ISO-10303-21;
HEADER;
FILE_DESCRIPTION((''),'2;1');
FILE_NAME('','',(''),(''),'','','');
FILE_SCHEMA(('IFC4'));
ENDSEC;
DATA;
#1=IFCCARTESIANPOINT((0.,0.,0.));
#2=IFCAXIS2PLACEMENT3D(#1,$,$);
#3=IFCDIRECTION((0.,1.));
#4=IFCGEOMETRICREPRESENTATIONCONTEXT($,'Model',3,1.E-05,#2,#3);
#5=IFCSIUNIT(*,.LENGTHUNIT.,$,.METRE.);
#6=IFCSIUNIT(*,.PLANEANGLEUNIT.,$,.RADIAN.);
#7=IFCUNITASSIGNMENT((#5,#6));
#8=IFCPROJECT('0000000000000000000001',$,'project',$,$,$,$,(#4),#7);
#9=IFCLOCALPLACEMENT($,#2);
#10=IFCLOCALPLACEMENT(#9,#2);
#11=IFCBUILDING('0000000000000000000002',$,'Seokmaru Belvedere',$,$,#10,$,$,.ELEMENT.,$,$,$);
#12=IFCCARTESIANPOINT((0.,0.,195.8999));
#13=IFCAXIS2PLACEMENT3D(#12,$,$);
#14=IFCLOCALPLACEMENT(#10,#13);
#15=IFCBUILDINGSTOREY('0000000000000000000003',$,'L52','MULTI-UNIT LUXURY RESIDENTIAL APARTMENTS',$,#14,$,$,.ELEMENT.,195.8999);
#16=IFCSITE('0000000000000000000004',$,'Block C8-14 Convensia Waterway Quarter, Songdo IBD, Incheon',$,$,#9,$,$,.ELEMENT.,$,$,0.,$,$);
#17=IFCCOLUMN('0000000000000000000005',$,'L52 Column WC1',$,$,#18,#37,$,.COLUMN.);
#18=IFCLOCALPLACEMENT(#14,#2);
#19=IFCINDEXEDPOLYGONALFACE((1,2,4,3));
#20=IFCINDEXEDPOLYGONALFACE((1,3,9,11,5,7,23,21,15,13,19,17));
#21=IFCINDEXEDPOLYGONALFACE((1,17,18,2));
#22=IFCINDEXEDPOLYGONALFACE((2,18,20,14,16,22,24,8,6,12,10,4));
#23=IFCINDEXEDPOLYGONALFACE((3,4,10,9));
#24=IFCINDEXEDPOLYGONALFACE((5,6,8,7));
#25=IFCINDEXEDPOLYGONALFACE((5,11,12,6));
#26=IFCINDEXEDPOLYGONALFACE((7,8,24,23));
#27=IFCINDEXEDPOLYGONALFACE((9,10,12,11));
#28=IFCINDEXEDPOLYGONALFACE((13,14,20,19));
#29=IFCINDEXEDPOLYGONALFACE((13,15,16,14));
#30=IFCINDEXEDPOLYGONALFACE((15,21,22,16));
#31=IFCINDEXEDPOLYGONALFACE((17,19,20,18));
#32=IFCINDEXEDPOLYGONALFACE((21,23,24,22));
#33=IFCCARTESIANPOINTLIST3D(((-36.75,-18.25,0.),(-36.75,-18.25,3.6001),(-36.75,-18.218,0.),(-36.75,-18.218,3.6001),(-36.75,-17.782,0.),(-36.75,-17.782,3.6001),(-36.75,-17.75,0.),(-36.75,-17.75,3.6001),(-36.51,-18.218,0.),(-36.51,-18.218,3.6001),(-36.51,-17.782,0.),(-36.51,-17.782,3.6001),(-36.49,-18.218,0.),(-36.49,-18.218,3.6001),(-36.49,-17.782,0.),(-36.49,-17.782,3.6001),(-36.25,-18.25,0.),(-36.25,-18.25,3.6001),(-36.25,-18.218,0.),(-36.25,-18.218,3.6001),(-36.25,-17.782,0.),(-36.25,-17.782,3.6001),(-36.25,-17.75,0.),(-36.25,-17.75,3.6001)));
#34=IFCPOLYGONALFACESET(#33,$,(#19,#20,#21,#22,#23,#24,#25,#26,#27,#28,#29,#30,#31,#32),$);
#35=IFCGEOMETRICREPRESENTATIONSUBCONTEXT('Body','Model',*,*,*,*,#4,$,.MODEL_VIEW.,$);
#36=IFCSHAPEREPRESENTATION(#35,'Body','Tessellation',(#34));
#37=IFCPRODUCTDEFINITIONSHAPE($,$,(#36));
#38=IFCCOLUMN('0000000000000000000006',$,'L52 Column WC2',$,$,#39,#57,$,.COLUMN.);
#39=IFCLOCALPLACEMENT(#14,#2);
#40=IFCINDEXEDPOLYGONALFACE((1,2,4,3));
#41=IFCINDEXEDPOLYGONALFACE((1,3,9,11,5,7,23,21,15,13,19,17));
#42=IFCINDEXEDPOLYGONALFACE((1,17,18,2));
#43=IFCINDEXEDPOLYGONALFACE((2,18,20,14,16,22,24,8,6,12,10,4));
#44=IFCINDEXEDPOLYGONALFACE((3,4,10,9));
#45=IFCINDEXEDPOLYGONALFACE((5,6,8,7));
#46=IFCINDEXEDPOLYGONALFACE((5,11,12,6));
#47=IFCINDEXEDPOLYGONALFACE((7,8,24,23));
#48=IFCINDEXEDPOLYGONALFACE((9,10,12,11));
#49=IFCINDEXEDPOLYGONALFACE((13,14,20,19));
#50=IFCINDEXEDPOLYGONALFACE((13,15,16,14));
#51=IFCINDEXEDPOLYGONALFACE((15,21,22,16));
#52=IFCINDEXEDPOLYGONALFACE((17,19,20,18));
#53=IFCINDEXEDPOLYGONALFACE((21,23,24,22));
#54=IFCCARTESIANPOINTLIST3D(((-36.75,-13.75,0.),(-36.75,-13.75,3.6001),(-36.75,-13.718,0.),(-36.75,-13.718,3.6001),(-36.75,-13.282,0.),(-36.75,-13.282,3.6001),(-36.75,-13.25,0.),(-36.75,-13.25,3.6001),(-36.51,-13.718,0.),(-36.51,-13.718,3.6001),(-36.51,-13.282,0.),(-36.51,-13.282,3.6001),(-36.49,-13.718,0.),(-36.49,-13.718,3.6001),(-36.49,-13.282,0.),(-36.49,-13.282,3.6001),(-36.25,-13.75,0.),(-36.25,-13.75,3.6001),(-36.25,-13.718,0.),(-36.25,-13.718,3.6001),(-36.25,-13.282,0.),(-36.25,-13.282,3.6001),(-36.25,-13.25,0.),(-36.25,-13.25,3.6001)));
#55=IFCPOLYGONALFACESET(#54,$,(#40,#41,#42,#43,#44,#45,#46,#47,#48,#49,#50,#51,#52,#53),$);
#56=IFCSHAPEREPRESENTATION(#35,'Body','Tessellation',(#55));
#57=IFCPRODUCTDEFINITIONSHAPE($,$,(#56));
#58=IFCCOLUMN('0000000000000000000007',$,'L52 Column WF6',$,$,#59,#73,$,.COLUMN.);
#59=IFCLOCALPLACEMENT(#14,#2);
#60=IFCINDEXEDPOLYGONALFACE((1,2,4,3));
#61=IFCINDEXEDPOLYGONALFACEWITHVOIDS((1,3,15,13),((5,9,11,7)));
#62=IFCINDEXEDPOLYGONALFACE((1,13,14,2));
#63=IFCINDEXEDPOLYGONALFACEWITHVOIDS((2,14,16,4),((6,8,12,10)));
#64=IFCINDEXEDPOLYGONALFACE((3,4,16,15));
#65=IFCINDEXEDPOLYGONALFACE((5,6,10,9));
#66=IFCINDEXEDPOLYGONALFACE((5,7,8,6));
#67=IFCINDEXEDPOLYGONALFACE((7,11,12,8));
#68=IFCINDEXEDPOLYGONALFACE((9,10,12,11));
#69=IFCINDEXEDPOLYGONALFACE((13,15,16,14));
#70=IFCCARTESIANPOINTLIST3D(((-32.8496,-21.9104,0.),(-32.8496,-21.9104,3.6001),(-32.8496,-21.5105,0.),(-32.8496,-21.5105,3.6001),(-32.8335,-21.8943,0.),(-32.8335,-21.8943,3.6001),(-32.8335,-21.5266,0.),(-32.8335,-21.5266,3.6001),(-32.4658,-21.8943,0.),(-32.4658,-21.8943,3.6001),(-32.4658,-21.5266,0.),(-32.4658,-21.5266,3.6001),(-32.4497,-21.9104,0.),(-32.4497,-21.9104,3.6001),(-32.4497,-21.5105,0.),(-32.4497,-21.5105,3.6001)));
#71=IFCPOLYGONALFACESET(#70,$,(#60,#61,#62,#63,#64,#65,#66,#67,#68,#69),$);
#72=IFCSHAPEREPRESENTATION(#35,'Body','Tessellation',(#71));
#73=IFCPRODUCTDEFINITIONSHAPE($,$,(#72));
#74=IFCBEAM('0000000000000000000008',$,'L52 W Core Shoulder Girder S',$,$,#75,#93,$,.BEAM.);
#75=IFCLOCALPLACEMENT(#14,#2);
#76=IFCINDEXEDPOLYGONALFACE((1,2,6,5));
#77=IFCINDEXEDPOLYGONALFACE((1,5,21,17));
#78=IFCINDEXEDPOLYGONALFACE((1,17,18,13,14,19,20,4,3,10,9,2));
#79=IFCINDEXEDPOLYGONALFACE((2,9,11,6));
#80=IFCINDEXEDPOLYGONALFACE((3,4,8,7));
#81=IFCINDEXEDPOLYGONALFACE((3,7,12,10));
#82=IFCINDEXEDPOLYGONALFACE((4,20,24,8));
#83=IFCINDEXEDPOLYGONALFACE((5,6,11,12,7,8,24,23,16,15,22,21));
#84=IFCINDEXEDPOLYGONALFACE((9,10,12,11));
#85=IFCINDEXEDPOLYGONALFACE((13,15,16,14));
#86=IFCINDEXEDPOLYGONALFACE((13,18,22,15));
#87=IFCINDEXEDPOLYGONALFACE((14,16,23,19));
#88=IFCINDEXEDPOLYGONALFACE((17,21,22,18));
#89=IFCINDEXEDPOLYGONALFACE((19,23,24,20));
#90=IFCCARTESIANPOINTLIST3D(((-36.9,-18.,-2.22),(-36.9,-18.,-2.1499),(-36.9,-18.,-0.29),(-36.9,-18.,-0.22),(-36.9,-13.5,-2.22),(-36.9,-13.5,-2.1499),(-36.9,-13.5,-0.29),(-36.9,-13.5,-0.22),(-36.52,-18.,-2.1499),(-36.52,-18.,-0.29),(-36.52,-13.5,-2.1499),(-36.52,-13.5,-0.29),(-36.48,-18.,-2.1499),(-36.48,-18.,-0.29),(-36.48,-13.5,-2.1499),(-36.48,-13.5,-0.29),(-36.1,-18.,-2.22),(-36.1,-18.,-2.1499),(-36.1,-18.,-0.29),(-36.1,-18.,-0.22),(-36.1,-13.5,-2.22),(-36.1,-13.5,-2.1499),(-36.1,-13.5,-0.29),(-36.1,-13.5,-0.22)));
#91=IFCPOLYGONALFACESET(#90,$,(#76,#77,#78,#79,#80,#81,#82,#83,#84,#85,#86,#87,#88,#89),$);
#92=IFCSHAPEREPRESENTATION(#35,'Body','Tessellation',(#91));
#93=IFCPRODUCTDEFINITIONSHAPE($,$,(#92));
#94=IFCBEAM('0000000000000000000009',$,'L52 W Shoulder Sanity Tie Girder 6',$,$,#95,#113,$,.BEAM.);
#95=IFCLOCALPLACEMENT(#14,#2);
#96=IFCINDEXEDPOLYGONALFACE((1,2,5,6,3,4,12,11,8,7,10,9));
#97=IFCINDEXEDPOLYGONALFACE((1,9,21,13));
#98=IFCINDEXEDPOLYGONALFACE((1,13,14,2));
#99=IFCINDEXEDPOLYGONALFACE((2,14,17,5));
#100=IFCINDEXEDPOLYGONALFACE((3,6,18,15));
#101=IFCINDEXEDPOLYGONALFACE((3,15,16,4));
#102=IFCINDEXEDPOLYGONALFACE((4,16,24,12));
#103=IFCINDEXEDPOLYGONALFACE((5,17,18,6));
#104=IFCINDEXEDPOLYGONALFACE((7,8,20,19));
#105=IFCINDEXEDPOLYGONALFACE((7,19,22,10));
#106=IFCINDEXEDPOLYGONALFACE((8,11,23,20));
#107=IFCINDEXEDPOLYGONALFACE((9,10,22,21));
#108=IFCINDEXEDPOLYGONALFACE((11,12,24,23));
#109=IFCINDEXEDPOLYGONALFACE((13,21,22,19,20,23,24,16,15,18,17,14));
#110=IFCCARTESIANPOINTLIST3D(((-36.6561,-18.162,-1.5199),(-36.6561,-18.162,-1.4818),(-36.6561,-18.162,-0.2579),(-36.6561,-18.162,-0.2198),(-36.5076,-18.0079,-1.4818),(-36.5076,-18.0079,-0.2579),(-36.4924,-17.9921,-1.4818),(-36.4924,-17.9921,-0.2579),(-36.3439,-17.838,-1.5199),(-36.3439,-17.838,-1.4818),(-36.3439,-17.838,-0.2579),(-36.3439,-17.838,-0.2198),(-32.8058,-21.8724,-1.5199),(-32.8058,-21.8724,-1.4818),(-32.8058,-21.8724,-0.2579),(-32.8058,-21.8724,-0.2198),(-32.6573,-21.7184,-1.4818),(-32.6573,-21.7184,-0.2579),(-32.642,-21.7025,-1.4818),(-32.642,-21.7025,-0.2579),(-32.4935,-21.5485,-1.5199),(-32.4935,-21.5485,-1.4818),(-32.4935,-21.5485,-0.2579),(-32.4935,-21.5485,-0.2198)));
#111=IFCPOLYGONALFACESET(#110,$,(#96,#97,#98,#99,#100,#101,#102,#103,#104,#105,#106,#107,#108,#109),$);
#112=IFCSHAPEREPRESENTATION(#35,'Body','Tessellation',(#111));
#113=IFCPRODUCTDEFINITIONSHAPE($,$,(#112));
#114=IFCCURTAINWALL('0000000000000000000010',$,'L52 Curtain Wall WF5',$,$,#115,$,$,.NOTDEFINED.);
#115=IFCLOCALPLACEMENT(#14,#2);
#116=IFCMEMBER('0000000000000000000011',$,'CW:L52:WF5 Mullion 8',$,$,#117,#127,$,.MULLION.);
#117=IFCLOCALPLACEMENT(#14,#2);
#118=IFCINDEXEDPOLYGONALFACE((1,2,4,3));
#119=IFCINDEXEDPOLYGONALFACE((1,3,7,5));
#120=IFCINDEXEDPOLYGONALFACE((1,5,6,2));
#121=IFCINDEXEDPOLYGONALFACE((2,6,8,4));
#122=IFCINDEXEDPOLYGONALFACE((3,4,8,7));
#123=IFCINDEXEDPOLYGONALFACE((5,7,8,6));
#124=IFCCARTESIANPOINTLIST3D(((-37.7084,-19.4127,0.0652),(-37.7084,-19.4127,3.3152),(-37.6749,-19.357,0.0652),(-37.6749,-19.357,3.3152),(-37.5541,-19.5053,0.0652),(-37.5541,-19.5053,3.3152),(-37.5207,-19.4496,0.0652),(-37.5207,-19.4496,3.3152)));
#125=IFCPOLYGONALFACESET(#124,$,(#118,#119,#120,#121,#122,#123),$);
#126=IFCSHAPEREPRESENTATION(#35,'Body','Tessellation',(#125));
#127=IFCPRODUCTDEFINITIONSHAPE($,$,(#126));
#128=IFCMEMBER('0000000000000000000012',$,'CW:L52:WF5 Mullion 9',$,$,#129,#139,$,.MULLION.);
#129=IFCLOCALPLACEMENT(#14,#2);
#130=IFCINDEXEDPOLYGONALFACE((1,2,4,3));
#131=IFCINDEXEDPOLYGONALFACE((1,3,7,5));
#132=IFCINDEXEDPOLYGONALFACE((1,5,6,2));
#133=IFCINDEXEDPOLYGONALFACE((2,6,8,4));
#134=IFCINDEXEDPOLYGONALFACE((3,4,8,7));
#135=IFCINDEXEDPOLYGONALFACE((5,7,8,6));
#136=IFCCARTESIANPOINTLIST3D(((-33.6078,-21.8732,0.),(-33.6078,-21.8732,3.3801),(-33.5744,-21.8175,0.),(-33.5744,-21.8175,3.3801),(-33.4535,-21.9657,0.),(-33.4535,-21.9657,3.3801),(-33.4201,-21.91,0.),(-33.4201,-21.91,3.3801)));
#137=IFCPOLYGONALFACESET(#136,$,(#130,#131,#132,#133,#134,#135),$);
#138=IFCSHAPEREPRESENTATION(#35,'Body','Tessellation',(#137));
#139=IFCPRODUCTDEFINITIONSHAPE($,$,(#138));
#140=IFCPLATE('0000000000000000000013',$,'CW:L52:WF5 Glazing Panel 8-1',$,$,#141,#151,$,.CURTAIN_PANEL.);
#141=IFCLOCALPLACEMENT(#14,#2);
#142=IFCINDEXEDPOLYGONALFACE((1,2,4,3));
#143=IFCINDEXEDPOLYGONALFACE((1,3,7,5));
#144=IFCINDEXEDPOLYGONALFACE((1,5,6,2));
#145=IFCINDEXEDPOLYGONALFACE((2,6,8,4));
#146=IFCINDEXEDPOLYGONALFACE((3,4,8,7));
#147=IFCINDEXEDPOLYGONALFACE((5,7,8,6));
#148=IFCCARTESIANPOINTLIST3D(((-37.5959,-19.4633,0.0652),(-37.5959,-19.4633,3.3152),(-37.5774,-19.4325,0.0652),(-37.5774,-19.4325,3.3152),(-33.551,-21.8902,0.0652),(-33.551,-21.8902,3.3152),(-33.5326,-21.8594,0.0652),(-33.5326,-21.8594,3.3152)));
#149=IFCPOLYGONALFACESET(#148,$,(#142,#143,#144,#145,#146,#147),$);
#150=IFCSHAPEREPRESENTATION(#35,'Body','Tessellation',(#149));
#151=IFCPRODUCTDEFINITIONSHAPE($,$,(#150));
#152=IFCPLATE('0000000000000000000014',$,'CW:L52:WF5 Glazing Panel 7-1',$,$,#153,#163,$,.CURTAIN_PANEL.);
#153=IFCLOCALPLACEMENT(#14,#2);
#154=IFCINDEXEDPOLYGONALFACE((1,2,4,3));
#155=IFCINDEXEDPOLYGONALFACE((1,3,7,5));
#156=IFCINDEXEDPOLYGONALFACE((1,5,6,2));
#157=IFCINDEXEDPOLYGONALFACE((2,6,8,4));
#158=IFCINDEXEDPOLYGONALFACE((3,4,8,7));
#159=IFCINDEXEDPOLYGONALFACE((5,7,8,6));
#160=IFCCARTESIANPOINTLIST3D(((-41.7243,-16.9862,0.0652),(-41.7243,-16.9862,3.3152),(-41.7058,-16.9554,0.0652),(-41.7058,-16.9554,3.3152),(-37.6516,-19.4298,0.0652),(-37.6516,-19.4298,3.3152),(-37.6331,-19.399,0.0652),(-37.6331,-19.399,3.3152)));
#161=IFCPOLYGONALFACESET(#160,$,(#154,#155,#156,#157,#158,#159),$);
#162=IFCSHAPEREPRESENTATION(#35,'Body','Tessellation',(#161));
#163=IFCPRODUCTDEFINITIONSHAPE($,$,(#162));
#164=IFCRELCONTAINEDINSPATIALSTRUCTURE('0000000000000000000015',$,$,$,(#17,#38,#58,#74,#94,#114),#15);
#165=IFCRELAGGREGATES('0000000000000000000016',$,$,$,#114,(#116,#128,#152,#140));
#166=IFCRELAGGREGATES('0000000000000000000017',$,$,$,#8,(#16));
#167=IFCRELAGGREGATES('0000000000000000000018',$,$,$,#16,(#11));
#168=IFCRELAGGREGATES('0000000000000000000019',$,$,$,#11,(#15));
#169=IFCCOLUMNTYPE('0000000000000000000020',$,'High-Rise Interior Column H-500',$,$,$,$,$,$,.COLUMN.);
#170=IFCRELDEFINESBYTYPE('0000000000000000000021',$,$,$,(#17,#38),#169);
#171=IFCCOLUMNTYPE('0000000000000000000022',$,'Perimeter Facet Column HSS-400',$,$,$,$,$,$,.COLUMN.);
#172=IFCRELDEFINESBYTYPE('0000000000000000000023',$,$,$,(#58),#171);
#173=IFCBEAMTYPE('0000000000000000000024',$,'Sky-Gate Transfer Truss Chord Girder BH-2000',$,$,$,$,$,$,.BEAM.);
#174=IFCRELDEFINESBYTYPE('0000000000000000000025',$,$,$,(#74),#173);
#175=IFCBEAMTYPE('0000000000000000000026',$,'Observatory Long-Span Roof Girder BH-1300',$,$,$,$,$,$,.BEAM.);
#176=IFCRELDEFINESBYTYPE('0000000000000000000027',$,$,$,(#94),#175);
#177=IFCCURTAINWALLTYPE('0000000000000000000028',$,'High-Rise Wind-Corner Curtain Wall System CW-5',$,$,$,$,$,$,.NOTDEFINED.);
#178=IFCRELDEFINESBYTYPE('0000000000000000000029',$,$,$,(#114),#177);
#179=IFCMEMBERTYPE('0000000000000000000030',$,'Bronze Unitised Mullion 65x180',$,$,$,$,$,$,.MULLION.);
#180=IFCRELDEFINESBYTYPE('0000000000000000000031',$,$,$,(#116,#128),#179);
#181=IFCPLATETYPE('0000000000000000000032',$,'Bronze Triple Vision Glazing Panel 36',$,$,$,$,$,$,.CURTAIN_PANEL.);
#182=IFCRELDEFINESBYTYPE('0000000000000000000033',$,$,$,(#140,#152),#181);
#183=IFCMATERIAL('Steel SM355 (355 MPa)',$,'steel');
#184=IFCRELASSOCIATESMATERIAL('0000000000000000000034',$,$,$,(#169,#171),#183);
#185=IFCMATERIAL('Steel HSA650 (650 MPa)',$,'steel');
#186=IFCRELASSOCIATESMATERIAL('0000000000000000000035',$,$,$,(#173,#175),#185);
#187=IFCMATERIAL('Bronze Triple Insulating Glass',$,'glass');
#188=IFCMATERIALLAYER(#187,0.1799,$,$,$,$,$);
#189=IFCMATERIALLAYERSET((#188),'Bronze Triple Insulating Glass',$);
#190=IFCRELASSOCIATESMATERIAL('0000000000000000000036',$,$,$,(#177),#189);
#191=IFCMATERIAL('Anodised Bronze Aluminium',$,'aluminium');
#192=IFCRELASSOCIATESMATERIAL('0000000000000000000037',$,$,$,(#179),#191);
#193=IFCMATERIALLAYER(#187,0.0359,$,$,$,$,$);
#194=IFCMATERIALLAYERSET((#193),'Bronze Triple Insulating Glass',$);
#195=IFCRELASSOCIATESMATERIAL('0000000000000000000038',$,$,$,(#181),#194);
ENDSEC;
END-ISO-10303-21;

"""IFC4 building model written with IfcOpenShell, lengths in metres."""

from ifc_helpers import new_model, si_unit, direction, frame, origin, origin_2d, place, context, subcontext, project, spatial, rectangle, hollow_rectangle, i_section, extrude, source, transform, mapped, material, layer, layer_set, material_profile, profile_set, type_object, type_shapes, element, aggregate, save


model = new_model("IFC4")

# Units and contexts
model_context = context("Model", 3, precision=1e-05, world=origin(), true_north=direction((0.0, 1.0)))
body_context = subcontext(model_context, "Body", "Model", "MODEL_VIEW")
ifc_project = project(units=[si_unit("LENGTHUNIT", "METRE"), si_unit("PLANEANGLEUNIT", "RADIAN")], contexts=[model_context])

# Site, building, storey
site_placement = place(None, origin())
site = spatial("IfcSite", under=ifc_project, at=site_placement, Name="Block C8-14 Convensia Waterway Quarter, Songdo IBD, Incheon", CompositionType="ELEMENT", RefElevation=0.0)
building_placement = place(site_placement, origin())
building = spatial("IfcBuilding", under=site, at=building_placement, Name="Seokmaru Belvedere", CompositionType="ELEMENT")
storey_placement = place(building_placement, frame((0.0, 0.0, 195.8999)))
storey = spatial("IfcBuildingStorey", under=building, at=storey_placement, Name="L52", Description="MULTI-UNIT LUXURY RESIDENTIAL APARTMENTS", CompositionType="ELEMENT", Elevation=195.8999)

# Columns
ifc_material_1 = material(Name="Steel SM355 (355 MPa)", Category="steel")
ifc_material_profile_1 = material_profile(ifc_material_1, i_section(OverallWidth=0.5, OverallDepth=0.5, WebThickness=0.02, FlangeThickness=0.032, at=origin_2d()), Name="H-500x500x20x32")
ifc_profile_set_1 = profile_set([ifc_material_profile_1], Name="Steel SM355 (355 MPa)")
column_type_1 = type_object("IfcColumnType", Name="High-Rise Interior Column H-500", PredefinedType="COLUMN", material=ifc_profile_set_1)
shared_shape_1 = source(origin(), body_context, "Body", "SweptSolid", [
    extrude(i_section(OverallWidth=0.5, OverallDepth=0.5, WebThickness=0.02, FlangeThickness=0.032, at=origin_2d()), origin(), (0.0, 0.0, 1.0), 3.6001),
])
type_shapes(column_type_1, [shared_shape_1])
for number, where, z_axis, x_axis, name in (
    (1, (-36.5, -18.0, 0.0), (0.0, 0.0, 1.0), (1.0, 0.0, 0.0), "L52 Column WC1"),
    (2, (-36.5, -13.5, 0.0), (0.0, 0.0, 1.0), (1.0, 0.0, 0.0), "L52 Column WC2"),
):
    element("IfcColumn", number, at=place(storey_placement, frame(where, z_axis=z_axis, x_axis=x_axis)), inside=storey, type_object=column_type_1, Name=name, PredefinedType="COLUMN", context=body_context, shape_type="MappedRepresentation", body=[
        mapped(shared_shape_1, transform((0.0, 0.0, 0.0), scale=1.0)),
    ])
ifc_material_profile_2 = material_profile(ifc_material_1, hollow_rectangle(XDim=0.3999, YDim=0.3999, WallThickness=0.0161, at=origin_2d()), Name="HSS-400x400x16")
ifc_profile_set_2 = profile_set([ifc_material_profile_2], Name="Steel SM355 (355 MPa)")
column_type_2 = type_object("IfcColumnType", Name="Perimeter Facet Column HSS-400", PredefinedType="COLUMN", material=ifc_profile_set_2)
shared_shape_2 = source(origin(), body_context, "Body", "SweptSolid", [
    extrude(hollow_rectangle(XDim=0.3999, YDim=0.3999, WallThickness=0.0161, at=origin_2d()), origin(), (0.0, 0.0, 1.0), 3.6001),
])
type_shapes(column_type_2, [shared_shape_2])
column_placement = place(storey_placement, frame((-32.6497, -21.7104, 0.0), z_axis=(0.0, 0.0, 1.0), x_axis=(1.0, 0.0, 0.0)))
element("IfcColumn", 3, at=column_placement, inside=storey, type_object=column_type_2, Name="L52 Column WF6", PredefinedType="COLUMN", context=body_context, shape_type="MappedRepresentation", body=[
    mapped(shared_shape_2, transform((0.0, 0.0, 0.0), scale=1.0)),
])

# Beams
ifc_material_2 = material(Name="Steel HSA650 (650 MPa)", Category="steel")
ifc_material_profile_3 = material_profile(ifc_material_2, i_section(OverallWidth=0.8, OverallDepth=2.0, WebThickness=0.04, FlangeThickness=0.0701, at=origin_2d()), Name="BH-2000x800x40x70")
ifc_profile_set_3 = profile_set([ifc_material_profile_3], Name="Steel HSA650 (650 MPa)")
beam_type_1 = type_object("IfcBeamType", Name="Sky-Gate Transfer Truss Chord Girder BH-2000", PredefinedType="BEAM", material=ifc_profile_set_3)
shared_shape_3 = source(origin(), body_context, "Body", "SweptSolid", [
    extrude(i_section(OverallWidth=0.8, OverallDepth=2.0, WebThickness=0.04, FlangeThickness=0.0701, at=origin_2d()), origin(), (0.0, 0.0, 1.0), 4.5),
])
type_shapes(beam_type_1, [shared_shape_3])
beam_1_placement = place(storey_placement, frame((-36.5, -18.0, -1.22), z_axis=(0.0, 1.0, 0.0), x_axis=(-1.0, 0.0, 0.0)))
element("IfcBeam", 4, at=beam_1_placement, inside=storey, type_object=beam_type_1, Name="L52 W Core Shoulder Girder S", PredefinedType="BEAM", context=body_context, shape_type="MappedRepresentation", body=[
    mapped(shared_shape_3, transform((0.0, 0.0, 0.0), scale=1.0)),
])
ifc_material_profile_4 = material_profile(ifc_material_2, i_section(OverallWidth=0.45, OverallDepth=1.3, WebThickness=0.022, FlangeThickness=0.0381, at=origin_2d()), Name="BH-1300x450x22x38")
ifc_profile_set_4 = profile_set([ifc_material_profile_4], Name="Steel HSA650 (650 MPa)")
beam_type_2 = type_object("IfcBeamType", Name="Observatory Long-Span Roof Girder BH-1300", PredefinedType="BEAM", material=ifc_profile_set_4)
shared_shape_4 = source(origin(), body_context, "Body", "SweptSolid", [
    extrude(i_section(OverallWidth=0.45, OverallDepth=1.3, WebThickness=0.022, FlangeThickness=0.0381, at=origin_2d()), origin(), (0.0, 0.0, 1.0), 5.3472),
])
type_shapes(beam_type_2, [shared_shape_4])
beam_2_placement = place(storey_placement, frame((-32.6497, -21.7104, -0.8699), z_axis=(-0.720067, 0.693905, 0.0), x_axis=(-0.693905, -0.720067, 0.0)))
element("IfcBeam", 5, at=beam_2_placement, inside=storey, type_object=beam_type_2, Name="L52 W Shoulder Sanity Tie Girder 6", PredefinedType="BEAM", context=body_context, shape_type="MappedRepresentation", body=[
    mapped(shared_shape_4, transform((0.0, 0.0, 0.0), scale=1.0)),
])

# Curtain wall, members, plates
ifc_material_3 = material(Name="Bronze Triple Insulating Glass", Category="glass")
ifc_layer_1 = layer(ifc_material_3, 0.1799)
ifc_layer_set_1 = layer_set([ifc_layer_1], Name="Bronze Triple Insulating Glass")
curtain_wall_type = type_object("IfcCurtainWallType", Name="High-Rise Wind-Corner Curtain Wall System CW-5", PredefinedType="NOTDEFINED", material=ifc_layer_set_1)
curtain_wall_placement = place(storey_placement, origin())
curtain_wall = element("IfcCurtainWall", 6, at=curtain_wall_placement, inside=storey, type_object=curtain_wall_type, Name="L52 Curtain Wall WF5", PredefinedType="NOTDEFINED")
ifc_material_4 = material(Name="Anodised Bronze Aluminium", Category="aluminium")
ifc_material_profile_5 = material_profile(ifc_material_4, rectangle(XDim=0.0649, YDim=0.1799, at=origin_2d()), Name="CW-M-65x180")
ifc_profile_set_5 = profile_set([ifc_material_profile_5], Name="Anodised Bronze Aluminium")
member_type = type_object("IfcMemberType", Name="Bronze Unitised Mullion 65x180", PredefinedType="MULLION", material=ifc_profile_set_5)
shared_shape_5 = source(origin(), body_context, "Body", "SweptSolid", [
    extrude(rectangle(XDim=0.0649, YDim=0.1799, at=origin_2d()), origin(), (0.0, 0.0, 1.0), 3.25),
])
member_1_placement = place(storey_placement, frame((-37.6145, -19.4312, 0.0652), z_axis=(0.0, 0.0, 1.0), x_axis=(0.514495, 0.857493, 0.0)))
member_1 = element("IfcMember", 7, at=member_1_placement, type_object=member_type, Name="CW:L52:WF5 Mullion 8", PredefinedType="MULLION", context=body_context, shape_type="MappedRepresentation", body=[
    mapped(shared_shape_5, transform((0.0, 0.0, 0.0), scale=1.0)),
])
shared_shape_6 = source(origin(), body_context, "Body", "SweptSolid", [
    extrude(rectangle(XDim=0.0649, YDim=0.1799, at=origin_2d()), origin(), (0.0, 0.0, 1.0), 3.3801),
])
type_shapes(member_type, [shared_shape_5, shared_shape_6])
member_2_placement = place(storey_placement, frame((-33.5139, -21.8916, 0.0), z_axis=(0.0, 0.0, 1.0), x_axis=(0.514495, 0.857493, 0.0)))
member_2 = element("IfcMember", 8, at=member_2_placement, type_object=member_type, Name="CW:L52:WF5 Mullion 9", PredefinedType="MULLION", context=body_context, shape_type="MappedRepresentation", body=[
    mapped(shared_shape_6, transform((0.0, 0.0, 0.0), scale=1.0)),
])
ifc_layer_2 = layer(ifc_material_3, 0.0359)
ifc_layer_set_2 = layer_set([ifc_layer_2], Name="Bronze Triple Insulating Glass")
plate_type = type_object("IfcPlateType", Name="Bronze Triple Vision Glazing Panel 36", PredefinedType="CURTAIN_PANEL", material=ifc_layer_set_2)
shared_shape_7 = source(origin(), body_context, "Body", "SweptSolid", [
    extrude(rectangle(XDim=4.717, YDim=0.0359, at=origin_2d()), origin(), (0.0, 0.0, 1.0), 3.25),
])
plate_1_placement = place(storey_placement, frame((-35.5642, -20.6614, 0.0652), z_axis=(0.0, 0.0, 1.0), x_axis=(0.857493, -0.514495, 0.0)))
plate_1 = element("IfcPlate", 9, at=plate_1_placement, type_object=plate_type, Name="CW:L52:WF5 Glazing Panel 8-1", PredefinedType="CURTAIN_PANEL", context=body_context, shape_type="MappedRepresentation", body=[
    mapped(shared_shape_7, transform((0.0, 0.0, 0.0), scale=1.0)),
])
shared_shape_8 = source(origin(), body_context, "Body", "SweptSolid", [
    extrude(rectangle(XDim=4.7495, YDim=0.0359, at=origin_2d()), origin(), (0.0, 0.0, 1.0), 3.25),
])
type_shapes(plate_type, [shared_shape_7, shared_shape_8])
plate_2_placement = place(storey_placement, frame((-39.6787, -18.1926, 0.0652), z_axis=(0.0, 0.0, 1.0), x_axis=(0.857493, -0.514495, 0.0)))
plate_2 = element("IfcPlate", 10, at=plate_2_placement, type_object=plate_type, Name="CW:L52:WF5 Glazing Panel 7-1", PredefinedType="CURTAIN_PANEL", context=body_context, shape_type="MappedRepresentation", body=[
    mapped(shared_shape_8, transform((0.0, 0.0, 0.0), scale=1.0)),
])
aggregate(curtain_wall, [member_1, member_2, plate_2, plate_1])

save(model, "model.ifc")
